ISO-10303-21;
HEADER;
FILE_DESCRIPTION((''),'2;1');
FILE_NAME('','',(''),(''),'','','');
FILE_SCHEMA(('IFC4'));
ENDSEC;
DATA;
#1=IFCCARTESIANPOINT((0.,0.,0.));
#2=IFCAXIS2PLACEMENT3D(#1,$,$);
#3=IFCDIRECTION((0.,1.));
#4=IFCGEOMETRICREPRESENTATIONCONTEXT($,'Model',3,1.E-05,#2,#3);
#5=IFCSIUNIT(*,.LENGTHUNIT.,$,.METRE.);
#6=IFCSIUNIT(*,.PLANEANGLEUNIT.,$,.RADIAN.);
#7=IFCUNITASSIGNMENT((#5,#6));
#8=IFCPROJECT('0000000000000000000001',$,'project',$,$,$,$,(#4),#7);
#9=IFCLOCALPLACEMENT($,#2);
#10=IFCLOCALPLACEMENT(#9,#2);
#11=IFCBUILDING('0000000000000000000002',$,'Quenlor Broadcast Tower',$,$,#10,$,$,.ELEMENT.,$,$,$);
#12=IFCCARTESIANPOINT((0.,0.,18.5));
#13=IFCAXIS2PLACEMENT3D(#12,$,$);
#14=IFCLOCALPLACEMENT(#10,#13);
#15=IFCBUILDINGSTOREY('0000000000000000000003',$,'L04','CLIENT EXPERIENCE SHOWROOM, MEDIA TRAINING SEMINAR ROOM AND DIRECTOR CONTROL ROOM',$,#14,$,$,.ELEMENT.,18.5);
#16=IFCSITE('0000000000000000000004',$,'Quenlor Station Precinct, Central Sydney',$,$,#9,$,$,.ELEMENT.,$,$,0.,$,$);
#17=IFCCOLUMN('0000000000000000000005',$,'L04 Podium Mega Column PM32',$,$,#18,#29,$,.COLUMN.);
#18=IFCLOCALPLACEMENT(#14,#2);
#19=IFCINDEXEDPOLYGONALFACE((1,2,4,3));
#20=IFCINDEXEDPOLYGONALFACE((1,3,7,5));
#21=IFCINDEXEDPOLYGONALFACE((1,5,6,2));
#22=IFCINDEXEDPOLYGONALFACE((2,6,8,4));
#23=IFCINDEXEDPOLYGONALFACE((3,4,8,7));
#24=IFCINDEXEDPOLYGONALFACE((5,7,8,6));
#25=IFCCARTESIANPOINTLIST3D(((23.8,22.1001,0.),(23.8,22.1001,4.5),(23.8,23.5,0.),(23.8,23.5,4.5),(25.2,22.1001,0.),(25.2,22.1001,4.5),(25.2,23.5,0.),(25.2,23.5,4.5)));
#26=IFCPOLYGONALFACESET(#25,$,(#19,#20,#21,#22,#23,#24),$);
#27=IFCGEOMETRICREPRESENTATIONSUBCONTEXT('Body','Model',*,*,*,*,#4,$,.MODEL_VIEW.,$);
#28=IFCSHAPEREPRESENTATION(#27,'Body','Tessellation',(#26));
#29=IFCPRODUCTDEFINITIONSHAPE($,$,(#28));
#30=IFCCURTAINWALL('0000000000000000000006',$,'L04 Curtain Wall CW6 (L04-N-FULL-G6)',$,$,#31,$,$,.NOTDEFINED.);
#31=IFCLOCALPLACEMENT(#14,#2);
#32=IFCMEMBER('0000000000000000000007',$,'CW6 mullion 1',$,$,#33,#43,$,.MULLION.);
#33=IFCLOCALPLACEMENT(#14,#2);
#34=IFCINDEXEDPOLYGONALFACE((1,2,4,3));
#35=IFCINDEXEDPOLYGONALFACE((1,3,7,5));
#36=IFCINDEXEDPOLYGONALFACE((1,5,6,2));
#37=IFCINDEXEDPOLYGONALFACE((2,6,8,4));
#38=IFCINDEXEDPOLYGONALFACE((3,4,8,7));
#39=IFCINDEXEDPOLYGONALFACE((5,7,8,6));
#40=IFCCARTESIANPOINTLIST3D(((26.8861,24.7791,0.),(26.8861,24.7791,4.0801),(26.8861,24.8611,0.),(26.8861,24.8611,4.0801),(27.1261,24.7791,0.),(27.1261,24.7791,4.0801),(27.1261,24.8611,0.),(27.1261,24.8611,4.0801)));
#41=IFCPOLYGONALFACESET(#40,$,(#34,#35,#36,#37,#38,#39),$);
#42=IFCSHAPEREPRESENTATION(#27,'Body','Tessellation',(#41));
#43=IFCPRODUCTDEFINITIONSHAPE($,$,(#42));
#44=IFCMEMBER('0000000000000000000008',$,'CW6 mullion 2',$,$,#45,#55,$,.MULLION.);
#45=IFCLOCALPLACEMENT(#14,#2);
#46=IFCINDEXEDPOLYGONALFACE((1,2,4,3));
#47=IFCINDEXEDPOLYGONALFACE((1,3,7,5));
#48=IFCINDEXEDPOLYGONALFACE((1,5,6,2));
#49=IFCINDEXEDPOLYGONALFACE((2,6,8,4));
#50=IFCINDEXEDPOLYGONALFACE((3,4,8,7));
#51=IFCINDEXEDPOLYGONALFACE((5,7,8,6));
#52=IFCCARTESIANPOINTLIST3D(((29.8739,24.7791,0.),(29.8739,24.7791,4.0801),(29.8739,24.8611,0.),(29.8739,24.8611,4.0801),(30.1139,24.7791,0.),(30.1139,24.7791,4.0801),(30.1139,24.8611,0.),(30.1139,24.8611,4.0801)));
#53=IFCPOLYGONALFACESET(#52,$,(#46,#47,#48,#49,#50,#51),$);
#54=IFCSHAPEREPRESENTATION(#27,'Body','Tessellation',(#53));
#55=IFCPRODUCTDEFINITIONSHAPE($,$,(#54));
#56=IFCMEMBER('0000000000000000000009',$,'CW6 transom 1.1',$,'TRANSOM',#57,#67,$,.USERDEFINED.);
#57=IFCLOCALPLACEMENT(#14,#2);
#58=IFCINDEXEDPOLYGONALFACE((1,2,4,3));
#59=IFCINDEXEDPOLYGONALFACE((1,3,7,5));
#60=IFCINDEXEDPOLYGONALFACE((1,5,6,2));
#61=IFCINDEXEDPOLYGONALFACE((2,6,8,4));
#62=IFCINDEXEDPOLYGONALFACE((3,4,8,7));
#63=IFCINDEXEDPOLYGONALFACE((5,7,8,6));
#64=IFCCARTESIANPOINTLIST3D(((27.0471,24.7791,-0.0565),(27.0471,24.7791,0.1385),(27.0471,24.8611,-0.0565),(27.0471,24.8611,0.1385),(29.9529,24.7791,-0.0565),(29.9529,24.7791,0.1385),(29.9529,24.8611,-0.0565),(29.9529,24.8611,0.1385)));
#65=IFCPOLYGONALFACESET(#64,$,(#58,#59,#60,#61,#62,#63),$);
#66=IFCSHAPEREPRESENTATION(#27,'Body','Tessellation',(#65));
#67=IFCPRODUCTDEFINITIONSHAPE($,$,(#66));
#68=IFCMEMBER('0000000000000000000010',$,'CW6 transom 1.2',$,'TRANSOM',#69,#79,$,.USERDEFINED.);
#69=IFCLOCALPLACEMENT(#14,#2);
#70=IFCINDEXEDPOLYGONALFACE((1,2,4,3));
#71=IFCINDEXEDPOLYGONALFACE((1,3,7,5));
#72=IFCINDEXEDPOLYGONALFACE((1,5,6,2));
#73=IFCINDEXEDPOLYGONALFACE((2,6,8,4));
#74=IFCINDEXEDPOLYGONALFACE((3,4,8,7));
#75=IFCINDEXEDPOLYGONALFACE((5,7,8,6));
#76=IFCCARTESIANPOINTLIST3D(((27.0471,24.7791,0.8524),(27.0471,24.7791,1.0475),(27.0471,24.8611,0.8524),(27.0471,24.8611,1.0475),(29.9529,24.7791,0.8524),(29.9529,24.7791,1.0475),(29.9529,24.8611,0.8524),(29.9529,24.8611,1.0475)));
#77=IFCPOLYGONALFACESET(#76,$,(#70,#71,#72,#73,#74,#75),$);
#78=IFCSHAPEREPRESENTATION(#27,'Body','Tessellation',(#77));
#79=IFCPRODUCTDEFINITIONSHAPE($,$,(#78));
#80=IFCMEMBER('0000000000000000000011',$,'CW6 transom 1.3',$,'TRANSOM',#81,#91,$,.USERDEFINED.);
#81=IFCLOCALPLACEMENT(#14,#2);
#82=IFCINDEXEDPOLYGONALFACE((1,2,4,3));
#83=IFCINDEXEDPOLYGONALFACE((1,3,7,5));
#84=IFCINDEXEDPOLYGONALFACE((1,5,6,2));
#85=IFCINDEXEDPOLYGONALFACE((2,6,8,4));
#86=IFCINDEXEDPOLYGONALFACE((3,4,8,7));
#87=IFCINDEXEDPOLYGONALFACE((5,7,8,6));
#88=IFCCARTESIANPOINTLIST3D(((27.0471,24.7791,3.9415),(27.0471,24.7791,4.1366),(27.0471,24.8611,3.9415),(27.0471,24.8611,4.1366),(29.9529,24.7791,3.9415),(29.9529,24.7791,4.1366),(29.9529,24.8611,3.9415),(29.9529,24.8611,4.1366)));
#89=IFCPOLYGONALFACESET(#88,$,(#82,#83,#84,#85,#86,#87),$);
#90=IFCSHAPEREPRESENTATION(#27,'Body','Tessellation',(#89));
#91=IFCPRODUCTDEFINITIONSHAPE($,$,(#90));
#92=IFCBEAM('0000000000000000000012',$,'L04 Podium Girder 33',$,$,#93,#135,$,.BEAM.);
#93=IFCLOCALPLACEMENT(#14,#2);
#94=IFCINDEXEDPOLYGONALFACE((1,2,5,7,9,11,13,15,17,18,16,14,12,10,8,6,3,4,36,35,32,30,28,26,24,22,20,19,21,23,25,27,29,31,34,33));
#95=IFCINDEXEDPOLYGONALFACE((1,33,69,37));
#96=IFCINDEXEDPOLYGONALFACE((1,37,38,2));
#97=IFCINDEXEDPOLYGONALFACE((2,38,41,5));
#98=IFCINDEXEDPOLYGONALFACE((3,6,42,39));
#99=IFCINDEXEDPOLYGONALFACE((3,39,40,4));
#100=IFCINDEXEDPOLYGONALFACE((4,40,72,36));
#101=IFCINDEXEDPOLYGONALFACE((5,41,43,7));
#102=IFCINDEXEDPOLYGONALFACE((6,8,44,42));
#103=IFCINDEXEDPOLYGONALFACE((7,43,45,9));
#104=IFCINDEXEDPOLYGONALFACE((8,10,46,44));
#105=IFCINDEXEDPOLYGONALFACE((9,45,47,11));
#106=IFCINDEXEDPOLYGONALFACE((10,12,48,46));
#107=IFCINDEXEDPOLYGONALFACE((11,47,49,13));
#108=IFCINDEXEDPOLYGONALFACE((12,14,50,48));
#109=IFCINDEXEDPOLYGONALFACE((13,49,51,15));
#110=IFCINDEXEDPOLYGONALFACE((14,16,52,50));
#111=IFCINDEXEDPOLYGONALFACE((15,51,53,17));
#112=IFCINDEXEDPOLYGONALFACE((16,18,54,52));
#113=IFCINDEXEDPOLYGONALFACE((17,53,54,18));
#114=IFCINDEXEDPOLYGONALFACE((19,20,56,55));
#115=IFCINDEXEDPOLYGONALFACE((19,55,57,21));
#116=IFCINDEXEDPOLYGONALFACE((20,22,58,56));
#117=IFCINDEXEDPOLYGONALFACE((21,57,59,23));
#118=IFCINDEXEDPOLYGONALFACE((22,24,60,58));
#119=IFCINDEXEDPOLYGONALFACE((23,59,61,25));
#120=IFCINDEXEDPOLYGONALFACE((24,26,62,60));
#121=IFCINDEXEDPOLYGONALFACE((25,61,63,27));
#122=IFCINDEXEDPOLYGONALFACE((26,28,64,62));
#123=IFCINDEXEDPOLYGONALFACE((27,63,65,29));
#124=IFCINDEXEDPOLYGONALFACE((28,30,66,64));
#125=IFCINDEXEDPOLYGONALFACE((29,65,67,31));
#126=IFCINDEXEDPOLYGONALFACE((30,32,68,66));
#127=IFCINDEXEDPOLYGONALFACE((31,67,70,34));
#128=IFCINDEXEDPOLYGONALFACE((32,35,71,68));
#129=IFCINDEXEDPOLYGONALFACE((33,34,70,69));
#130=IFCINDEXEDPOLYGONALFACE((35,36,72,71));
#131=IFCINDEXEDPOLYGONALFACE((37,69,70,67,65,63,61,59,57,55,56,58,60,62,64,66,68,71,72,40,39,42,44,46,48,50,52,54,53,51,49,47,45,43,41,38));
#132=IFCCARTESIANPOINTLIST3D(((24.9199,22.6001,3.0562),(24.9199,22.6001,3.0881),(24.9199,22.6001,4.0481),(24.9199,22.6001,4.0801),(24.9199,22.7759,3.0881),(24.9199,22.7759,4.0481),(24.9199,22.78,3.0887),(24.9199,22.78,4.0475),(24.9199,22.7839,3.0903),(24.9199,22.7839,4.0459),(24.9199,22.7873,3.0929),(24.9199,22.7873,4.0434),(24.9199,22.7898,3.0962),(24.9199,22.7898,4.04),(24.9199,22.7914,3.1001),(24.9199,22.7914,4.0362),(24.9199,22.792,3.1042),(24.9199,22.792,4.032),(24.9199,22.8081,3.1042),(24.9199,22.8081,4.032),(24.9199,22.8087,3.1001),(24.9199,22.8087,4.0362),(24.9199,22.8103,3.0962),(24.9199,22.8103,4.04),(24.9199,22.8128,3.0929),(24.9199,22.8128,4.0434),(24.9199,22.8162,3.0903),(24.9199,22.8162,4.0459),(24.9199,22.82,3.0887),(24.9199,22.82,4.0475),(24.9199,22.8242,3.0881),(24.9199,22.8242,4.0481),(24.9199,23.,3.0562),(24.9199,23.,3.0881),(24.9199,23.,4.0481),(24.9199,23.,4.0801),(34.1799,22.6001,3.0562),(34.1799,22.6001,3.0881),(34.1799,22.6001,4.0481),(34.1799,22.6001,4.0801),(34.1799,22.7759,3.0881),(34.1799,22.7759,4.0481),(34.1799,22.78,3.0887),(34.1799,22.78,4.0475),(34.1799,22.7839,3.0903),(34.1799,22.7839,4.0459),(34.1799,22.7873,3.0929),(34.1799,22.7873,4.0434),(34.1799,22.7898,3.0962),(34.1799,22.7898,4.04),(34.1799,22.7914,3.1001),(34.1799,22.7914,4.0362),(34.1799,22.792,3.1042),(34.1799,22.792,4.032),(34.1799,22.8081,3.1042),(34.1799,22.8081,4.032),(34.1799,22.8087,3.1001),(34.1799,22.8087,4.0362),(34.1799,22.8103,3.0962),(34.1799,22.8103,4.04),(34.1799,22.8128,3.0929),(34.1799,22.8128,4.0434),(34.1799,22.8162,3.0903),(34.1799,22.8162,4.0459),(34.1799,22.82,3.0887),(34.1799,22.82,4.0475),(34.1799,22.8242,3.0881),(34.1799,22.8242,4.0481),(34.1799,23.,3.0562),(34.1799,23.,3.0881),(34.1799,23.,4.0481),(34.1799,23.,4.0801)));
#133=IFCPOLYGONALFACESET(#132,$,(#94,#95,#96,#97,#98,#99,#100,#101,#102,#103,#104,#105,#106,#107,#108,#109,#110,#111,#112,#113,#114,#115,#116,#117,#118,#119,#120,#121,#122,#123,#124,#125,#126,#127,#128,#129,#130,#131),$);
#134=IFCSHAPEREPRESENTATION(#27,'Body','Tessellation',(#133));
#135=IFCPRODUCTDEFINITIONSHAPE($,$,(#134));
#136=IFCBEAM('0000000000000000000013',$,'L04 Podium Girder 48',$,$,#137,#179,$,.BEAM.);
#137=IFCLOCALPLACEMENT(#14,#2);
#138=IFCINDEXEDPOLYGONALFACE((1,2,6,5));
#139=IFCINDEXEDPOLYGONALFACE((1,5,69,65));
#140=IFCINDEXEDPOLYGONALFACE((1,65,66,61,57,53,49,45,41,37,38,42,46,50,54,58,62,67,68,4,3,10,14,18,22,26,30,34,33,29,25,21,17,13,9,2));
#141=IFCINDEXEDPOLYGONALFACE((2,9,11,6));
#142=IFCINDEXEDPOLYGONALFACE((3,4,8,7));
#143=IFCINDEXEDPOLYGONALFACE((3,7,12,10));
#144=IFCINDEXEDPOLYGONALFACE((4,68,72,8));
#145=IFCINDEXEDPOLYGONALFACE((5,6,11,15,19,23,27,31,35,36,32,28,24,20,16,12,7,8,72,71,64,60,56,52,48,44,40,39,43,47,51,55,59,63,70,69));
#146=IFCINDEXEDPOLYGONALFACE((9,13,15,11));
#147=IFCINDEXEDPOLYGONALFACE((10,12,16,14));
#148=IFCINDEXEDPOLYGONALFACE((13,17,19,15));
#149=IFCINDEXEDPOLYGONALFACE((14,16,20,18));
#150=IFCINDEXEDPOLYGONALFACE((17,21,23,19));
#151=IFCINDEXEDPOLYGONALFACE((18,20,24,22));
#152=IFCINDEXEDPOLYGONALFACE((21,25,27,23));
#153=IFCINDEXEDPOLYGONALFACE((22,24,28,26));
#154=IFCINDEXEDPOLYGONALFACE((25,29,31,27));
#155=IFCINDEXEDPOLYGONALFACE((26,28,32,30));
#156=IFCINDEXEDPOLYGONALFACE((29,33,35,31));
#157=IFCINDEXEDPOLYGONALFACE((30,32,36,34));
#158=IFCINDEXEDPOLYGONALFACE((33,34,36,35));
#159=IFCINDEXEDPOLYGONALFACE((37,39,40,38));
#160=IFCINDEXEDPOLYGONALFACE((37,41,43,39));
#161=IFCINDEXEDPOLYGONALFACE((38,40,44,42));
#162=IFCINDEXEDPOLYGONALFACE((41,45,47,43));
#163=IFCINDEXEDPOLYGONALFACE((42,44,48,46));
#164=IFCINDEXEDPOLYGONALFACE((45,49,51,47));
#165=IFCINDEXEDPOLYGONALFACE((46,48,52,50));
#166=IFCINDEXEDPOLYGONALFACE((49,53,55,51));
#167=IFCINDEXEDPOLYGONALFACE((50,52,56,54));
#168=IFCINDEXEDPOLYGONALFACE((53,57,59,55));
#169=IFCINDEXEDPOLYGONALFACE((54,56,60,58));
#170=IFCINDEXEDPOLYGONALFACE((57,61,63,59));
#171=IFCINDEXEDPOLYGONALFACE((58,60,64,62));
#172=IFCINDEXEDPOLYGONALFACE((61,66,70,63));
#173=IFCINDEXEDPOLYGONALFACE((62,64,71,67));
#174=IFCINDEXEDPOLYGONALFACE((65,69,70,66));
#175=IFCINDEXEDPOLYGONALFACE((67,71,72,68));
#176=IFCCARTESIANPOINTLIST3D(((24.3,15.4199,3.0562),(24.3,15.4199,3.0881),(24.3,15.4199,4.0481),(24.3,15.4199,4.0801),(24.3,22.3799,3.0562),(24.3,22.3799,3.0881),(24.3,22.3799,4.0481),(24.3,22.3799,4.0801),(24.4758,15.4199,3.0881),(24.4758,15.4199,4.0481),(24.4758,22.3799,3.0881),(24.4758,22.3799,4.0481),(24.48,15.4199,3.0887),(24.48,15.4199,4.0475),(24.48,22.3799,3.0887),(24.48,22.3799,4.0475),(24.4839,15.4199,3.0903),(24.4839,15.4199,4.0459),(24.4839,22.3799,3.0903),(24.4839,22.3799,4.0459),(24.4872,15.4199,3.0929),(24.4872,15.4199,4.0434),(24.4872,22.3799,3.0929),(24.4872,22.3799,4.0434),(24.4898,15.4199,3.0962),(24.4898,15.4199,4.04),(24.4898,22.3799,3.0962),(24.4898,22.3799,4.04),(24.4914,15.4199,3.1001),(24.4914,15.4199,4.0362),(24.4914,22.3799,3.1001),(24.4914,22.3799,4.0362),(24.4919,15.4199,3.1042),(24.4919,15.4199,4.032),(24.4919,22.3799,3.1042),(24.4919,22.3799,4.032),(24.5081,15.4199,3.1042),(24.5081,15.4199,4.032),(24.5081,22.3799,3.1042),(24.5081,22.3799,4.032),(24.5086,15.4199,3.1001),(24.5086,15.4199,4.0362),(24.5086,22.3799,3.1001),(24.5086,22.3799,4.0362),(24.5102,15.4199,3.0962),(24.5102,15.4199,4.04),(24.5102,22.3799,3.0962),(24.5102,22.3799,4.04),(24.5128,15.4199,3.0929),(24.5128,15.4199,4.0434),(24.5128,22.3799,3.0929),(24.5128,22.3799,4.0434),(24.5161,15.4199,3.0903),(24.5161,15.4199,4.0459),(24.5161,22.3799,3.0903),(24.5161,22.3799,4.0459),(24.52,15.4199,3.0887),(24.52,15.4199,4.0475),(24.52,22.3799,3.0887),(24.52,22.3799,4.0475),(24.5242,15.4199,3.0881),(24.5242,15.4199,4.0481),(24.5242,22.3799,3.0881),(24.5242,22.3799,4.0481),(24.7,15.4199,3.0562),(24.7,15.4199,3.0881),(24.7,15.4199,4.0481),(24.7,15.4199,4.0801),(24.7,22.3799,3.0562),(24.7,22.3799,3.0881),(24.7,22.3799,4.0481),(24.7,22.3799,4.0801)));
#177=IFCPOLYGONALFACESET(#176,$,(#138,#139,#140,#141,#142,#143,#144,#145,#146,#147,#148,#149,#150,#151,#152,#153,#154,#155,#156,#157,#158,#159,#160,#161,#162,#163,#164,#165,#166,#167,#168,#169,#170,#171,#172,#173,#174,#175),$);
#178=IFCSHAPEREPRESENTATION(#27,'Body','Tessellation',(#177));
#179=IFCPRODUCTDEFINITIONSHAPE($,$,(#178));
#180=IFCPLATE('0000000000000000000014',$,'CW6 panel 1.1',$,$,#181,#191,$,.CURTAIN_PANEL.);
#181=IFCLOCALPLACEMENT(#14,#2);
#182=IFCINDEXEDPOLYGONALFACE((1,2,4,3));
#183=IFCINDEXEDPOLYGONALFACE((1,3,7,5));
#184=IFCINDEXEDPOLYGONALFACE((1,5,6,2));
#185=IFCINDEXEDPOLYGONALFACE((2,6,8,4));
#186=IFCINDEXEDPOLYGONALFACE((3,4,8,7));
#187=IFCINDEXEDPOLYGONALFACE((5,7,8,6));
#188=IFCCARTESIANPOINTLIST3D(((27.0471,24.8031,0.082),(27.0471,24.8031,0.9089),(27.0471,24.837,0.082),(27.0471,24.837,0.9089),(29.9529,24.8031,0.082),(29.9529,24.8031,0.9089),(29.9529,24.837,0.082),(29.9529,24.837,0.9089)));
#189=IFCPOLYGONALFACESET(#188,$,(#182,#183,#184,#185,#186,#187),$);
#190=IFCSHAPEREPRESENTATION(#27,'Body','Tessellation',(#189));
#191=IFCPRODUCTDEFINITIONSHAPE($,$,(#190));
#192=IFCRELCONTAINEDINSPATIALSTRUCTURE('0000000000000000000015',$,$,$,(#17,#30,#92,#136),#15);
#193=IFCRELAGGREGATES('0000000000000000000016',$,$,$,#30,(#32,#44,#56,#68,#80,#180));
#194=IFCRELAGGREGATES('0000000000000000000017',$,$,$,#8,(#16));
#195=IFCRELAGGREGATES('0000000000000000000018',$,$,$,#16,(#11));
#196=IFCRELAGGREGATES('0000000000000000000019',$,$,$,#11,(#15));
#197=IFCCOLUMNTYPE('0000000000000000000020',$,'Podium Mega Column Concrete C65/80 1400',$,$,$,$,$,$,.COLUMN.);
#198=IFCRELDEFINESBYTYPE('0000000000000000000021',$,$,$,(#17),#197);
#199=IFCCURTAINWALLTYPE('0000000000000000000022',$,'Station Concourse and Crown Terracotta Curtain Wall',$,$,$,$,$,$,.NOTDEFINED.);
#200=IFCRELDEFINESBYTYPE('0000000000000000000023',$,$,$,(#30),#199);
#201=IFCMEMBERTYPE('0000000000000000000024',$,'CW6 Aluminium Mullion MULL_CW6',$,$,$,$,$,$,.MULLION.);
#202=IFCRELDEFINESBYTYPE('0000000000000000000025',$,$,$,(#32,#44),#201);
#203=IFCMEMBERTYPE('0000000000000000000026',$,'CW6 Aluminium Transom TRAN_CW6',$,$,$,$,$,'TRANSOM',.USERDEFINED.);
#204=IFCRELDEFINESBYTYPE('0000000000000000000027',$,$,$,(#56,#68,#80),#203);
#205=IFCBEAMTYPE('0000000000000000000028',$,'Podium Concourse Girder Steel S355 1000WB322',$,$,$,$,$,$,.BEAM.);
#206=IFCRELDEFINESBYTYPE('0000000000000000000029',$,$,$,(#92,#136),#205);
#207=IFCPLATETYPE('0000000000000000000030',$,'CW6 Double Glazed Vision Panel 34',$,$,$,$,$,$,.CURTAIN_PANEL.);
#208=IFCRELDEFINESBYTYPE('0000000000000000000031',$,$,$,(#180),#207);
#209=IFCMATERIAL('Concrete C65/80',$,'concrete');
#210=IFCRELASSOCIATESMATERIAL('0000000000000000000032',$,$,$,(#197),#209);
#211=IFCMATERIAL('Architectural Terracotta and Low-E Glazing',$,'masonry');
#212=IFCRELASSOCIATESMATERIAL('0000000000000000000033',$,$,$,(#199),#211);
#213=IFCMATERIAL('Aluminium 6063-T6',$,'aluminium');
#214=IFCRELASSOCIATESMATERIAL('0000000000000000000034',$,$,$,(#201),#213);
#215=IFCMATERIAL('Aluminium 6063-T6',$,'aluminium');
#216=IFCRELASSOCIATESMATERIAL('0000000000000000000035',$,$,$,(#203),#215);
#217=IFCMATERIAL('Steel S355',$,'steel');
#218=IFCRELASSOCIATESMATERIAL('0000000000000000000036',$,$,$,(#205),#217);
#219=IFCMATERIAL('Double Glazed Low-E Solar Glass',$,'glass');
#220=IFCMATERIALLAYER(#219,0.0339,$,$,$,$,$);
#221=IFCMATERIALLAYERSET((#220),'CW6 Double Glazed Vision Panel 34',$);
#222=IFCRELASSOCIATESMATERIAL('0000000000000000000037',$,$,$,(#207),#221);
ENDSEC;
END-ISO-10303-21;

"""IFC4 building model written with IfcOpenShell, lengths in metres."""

from ifc_helpers import new_model, si_unit, direction, frame, origin, origin_2d, place, context, subcontext, project, spatial, rectangle, i_section, extrude, material, layer, layer_set, material_profile, profile_set, type_object, element, aggregate, save


model = new_model("IFC4")

# Units and contexts
model_context = context("Model", 3, precision=1e-05, world=origin(), true_north=direction((0.0, 1.0)))
body_context = subcontext(model_context, "Body", "Model", "MODEL_VIEW")
ifc_project = project(units=[si_unit("LENGTHUNIT", "METRE"), si_unit("PLANEANGLEUNIT", "RADIAN")], contexts=[model_context])

# Site, building, storey
site_placement = place(None, origin())
site = spatial("IfcSite", under=ifc_project, at=site_placement, Name="Quenlor Station Precinct, Central Sydney", CompositionType="ELEMENT", RefElevation=0.0)
building_placement = place(site_placement, origin())
building = spatial("IfcBuilding", under=site, at=building_placement, Name="Quenlor Broadcast Tower", CompositionType="ELEMENT")
storey_placement = place(building_placement, frame((0.0, 0.0, 18.5)))
storey = spatial("IfcBuildingStorey", under=building, at=storey_placement, Name="L04", Description="CLIENT EXPERIENCE SHOWROOM, MEDIA TRAINING SEMINAR ROOM AND DIRECTOR CONTROL ROOM", CompositionType="ELEMENT", Elevation=18.5)

# Column
ifc_material_1 = material(Name="Concrete C65/80", Category="concrete")
ifc_material_profile_1 = material_profile(ifc_material_1, rectangle(XDim=1.3999, YDim=1.3999, at=origin_2d()))
ifc_profile_set_1 = profile_set([ifc_material_profile_1], Name="Concrete C65/80 RC1400x1400")
column_type = type_object("IfcColumnType", Name="Podium Mega Column Concrete C65/80 1400", PredefinedType="COLUMN", material=ifc_profile_set_1)
column_placement = place(storey_placement, frame((24.5, 22.8, 0.0), z_axis=(0.0, 0.0, 1.0), x_axis=(1.0, 0.0, 0.0)))
element("IfcColumn", 1, at=column_placement, inside=storey, type_object=column_type, Name="L04 Podium Mega Column PM32", PredefinedType="COLUMN", context=body_context, shape_type="SweptSolid", body=[
    extrude(rectangle(XDim=1.3999, YDim=1.3999, at=origin_2d()), origin(), (0.0, 0.0, 1.0), 4.5),
])

# Curtain wall, members
ifc_material_2 = material(Name="Architectural Terracotta and Low-E Glazing", Category="masonry")
curtain_wall_type = type_object("IfcCurtainWallType", Name="Station Concourse and Crown Terracotta Curtain Wall", PredefinedType="NOTDEFINED", material=ifc_material_2)
curtain_wall_placement = place(storey_placement, origin())
curtain_wall = element("IfcCurtainWall", 2, at=curtain_wall_placement, inside=storey, type_object=curtain_wall_type, Name="L04 Curtain Wall CW6 (L04-N-FULL-G6)", PredefinedType="NOTDEFINED")
ifc_material_3 = material(Name="Aluminium 6063-T6", Category="aluminium")
ifc_material_profile_2 = material_profile(ifc_material_3, rectangle(XDim=0.082, YDim=0.24, at=origin_2d()))
ifc_profile_set_2 = profile_set([ifc_material_profile_2], Name="Aluminium 6063-T6 MULL82x240")
member_type_1 = type_object("IfcMemberType", Name="CW6 Aluminium Mullion MULL_CW6", PredefinedType="MULLION", material=ifc_profile_set_2)
member_1_placement = place(storey_placement, frame((27.0061, 24.8201, 0.0), z_axis=(0.0, 0.0, 1.0), x_axis=(0.0, 1.0, 0.0)))
member_1 = element("IfcMember", 3, at=member_1_placement, type_object=member_type_1, Name="CW6 mullion 1", PredefinedType="MULLION", context=body_context, shape_type="SweptSolid", body=[
    extrude(rectangle(XDim=0.082, YDim=0.24, at=origin_2d()), origin(), (0.0, 0.0, 1.0), 4.0801),
])
member_2_placement = place(storey_placement, frame((29.9939, 24.8201, 0.0), z_axis=(0.0, 0.0, 1.0), x_axis=(0.0, 1.0, 0.0)))
member_2 = element("IfcMember", 4, at=member_2_placement, type_object=member_type_1, Name="CW6 mullion 2", PredefinedType="MULLION", context=body_context, shape_type="SweptSolid", body=[
    extrude(rectangle(XDim=0.082, YDim=0.24, at=origin_2d()), origin(), (0.0, 0.0, 1.0), 4.0801),
])
ifc_material_4 = material(Name="Aluminium 6063-T6", Category="aluminium")
ifc_material_profile_3 = material_profile(ifc_material_4, rectangle(XDim=0.082, YDim=0.1951, at=origin_2d()))
ifc_profile_set_3 = profile_set([ifc_material_profile_3], Name="Aluminium 6063-T6 TRAN82x195")
member_type_2 = type_object("IfcMemberType", Name="CW6 Aluminium Transom TRAN_CW6", ElementType="TRANSOM", PredefinedType="USERDEFINED", material=ifc_profile_set_3)
member_3_placement = place(storey_placement, frame((27.0471, 24.8201, 0.041), z_axis=(1.0, 0.0, 0.0), x_axis=(0.0, 1.0, 0.0)))
member_3 = element("IfcMember", 5, at=member_3_placement, type_object=member_type_2, Name="CW6 transom 1.1", ObjectType="TRANSOM", PredefinedType="USERDEFINED", context=body_context, shape_type="SweptSolid", body=[
    extrude(rectangle(XDim=0.082, YDim=0.1951, at=origin_2d()), origin(), (0.0, 0.0, 1.0), 2.9058),
])
member_4_placement = place(storey_placement, frame((27.0471, 24.8201, 0.95), z_axis=(1.0, 0.0, 0.0), x_axis=(0.0, 1.0, 0.0)))
member_4 = element("IfcMember", 6, at=member_4_placement, type_object=member_type_2, Name="CW6 transom 1.2", ObjectType="TRANSOM", PredefinedType="USERDEFINED", context=body_context, shape_type="SweptSolid", body=[
    extrude(rectangle(XDim=0.082, YDim=0.1951, at=origin_2d()), origin(), (0.0, 0.0, 1.0), 2.9058),
])
member_5_placement = place(storey_placement, frame((27.0471, 24.8201, 4.0391), z_axis=(1.0, 0.0, 0.0), x_axis=(0.0, 1.0, 0.0)))
member_5 = element("IfcMember", 7, at=member_5_placement, type_object=member_type_2, Name="CW6 transom 1.3", ObjectType="TRANSOM", PredefinedType="USERDEFINED", context=body_context, shape_type="SweptSolid", body=[
    extrude(rectangle(XDim=0.082, YDim=0.1951, at=origin_2d()), origin(), (0.0, 0.0, 1.0), 2.9058),
])

# Beams
ifc_material_5 = material(Name="Steel S355", Category="steel")
ifc_material_profile_4 = material_profile(ifc_material_5, i_section(OverallWidth=0.3999, OverallDepth=1.0239, WebThickness=0.0161, FlangeThickness=0.032, FilletRadius=0.0161, at=origin_2d()))
ifc_profile_set_4 = profile_set([ifc_material_profile_4], Name="Steel S355 1000WB322")
beam_type = type_object("IfcBeamType", Name="Podium Concourse Girder Steel S355 1000WB322", PredefinedType="BEAM", material=ifc_profile_set_4)
beam_1_placement = place(storey_placement, frame((24.9199, 22.8, 3.5681), z_axis=(1.0, 0.0, 0.0), x_axis=(0.0, 1.0, 0.0)))
element("IfcBeam", 8, at=beam_1_placement, inside=storey, type_object=beam_type, Name="L04 Podium Girder 33", PredefinedType="BEAM", context=body_context, shape_type="SweptSolid", body=[
    extrude(i_section(OverallWidth=0.3999, OverallDepth=1.0239, WebThickness=0.0161, FlangeThickness=0.032, FilletRadius=0.0161, at=origin_2d()), origin(), (0.0, 0.0, 1.0), 9.26),
])
beam_2_placement = place(storey_placement, frame((24.5, 15.4199, 3.5681), z_axis=(0.0, 1.0, 0.0), x_axis=(-1.0, 0.0, 0.0)))
element("IfcBeam", 9, at=beam_2_placement, inside=storey, type_object=beam_type, Name="L04 Podium Girder 48", PredefinedType="BEAM", context=body_context, shape_type="SweptSolid", body=[
    extrude(i_section(OverallWidth=0.3999, OverallDepth=1.0239, WebThickness=0.0161, FlangeThickness=0.032, FilletRadius=0.0161, at=origin_2d()), origin(), (0.0, 0.0, 1.0), 6.96),
])

# Plate
ifc_material_6 = material(Name="Double Glazed Low-E Solar Glass", Category="glass")
ifc_layer_1 = layer(ifc_material_6, 0.0339)
ifc_layer_set_1 = layer_set([ifc_layer_1], Name="CW6 Double Glazed Vision Panel 34")
plate_type_1 = type_object("IfcPlateType", Name="CW6 Double Glazed Vision Panel 34", PredefinedType="CURTAIN_PANEL", material=ifc_layer_set_1)
plate_1_placement = place(storey_placement, frame((28.5, 24.8201, 0.082), z_axis=(0.0, 0.0, 1.0), x_axis=(1.0, 0.0, 0.0)))
plate_1 = element("IfcPlate", 10, at=plate_1_placement, type_object=plate_type_1, Name="CW6 panel 1.1", PredefinedType="CURTAIN_PANEL", context=body_context, shape_type="SweptSolid", body=[
    extrude(rectangle(XDim=2.9058, YDim=0.0339, at=origin_2d()), origin(), (0.0, 0.0, 1.0), 0.8269),
])
aggregate(curtain_wall, [member_1, member_2, member_3, member_4, member_5, plate_1])

save(model, "model.ifc")
